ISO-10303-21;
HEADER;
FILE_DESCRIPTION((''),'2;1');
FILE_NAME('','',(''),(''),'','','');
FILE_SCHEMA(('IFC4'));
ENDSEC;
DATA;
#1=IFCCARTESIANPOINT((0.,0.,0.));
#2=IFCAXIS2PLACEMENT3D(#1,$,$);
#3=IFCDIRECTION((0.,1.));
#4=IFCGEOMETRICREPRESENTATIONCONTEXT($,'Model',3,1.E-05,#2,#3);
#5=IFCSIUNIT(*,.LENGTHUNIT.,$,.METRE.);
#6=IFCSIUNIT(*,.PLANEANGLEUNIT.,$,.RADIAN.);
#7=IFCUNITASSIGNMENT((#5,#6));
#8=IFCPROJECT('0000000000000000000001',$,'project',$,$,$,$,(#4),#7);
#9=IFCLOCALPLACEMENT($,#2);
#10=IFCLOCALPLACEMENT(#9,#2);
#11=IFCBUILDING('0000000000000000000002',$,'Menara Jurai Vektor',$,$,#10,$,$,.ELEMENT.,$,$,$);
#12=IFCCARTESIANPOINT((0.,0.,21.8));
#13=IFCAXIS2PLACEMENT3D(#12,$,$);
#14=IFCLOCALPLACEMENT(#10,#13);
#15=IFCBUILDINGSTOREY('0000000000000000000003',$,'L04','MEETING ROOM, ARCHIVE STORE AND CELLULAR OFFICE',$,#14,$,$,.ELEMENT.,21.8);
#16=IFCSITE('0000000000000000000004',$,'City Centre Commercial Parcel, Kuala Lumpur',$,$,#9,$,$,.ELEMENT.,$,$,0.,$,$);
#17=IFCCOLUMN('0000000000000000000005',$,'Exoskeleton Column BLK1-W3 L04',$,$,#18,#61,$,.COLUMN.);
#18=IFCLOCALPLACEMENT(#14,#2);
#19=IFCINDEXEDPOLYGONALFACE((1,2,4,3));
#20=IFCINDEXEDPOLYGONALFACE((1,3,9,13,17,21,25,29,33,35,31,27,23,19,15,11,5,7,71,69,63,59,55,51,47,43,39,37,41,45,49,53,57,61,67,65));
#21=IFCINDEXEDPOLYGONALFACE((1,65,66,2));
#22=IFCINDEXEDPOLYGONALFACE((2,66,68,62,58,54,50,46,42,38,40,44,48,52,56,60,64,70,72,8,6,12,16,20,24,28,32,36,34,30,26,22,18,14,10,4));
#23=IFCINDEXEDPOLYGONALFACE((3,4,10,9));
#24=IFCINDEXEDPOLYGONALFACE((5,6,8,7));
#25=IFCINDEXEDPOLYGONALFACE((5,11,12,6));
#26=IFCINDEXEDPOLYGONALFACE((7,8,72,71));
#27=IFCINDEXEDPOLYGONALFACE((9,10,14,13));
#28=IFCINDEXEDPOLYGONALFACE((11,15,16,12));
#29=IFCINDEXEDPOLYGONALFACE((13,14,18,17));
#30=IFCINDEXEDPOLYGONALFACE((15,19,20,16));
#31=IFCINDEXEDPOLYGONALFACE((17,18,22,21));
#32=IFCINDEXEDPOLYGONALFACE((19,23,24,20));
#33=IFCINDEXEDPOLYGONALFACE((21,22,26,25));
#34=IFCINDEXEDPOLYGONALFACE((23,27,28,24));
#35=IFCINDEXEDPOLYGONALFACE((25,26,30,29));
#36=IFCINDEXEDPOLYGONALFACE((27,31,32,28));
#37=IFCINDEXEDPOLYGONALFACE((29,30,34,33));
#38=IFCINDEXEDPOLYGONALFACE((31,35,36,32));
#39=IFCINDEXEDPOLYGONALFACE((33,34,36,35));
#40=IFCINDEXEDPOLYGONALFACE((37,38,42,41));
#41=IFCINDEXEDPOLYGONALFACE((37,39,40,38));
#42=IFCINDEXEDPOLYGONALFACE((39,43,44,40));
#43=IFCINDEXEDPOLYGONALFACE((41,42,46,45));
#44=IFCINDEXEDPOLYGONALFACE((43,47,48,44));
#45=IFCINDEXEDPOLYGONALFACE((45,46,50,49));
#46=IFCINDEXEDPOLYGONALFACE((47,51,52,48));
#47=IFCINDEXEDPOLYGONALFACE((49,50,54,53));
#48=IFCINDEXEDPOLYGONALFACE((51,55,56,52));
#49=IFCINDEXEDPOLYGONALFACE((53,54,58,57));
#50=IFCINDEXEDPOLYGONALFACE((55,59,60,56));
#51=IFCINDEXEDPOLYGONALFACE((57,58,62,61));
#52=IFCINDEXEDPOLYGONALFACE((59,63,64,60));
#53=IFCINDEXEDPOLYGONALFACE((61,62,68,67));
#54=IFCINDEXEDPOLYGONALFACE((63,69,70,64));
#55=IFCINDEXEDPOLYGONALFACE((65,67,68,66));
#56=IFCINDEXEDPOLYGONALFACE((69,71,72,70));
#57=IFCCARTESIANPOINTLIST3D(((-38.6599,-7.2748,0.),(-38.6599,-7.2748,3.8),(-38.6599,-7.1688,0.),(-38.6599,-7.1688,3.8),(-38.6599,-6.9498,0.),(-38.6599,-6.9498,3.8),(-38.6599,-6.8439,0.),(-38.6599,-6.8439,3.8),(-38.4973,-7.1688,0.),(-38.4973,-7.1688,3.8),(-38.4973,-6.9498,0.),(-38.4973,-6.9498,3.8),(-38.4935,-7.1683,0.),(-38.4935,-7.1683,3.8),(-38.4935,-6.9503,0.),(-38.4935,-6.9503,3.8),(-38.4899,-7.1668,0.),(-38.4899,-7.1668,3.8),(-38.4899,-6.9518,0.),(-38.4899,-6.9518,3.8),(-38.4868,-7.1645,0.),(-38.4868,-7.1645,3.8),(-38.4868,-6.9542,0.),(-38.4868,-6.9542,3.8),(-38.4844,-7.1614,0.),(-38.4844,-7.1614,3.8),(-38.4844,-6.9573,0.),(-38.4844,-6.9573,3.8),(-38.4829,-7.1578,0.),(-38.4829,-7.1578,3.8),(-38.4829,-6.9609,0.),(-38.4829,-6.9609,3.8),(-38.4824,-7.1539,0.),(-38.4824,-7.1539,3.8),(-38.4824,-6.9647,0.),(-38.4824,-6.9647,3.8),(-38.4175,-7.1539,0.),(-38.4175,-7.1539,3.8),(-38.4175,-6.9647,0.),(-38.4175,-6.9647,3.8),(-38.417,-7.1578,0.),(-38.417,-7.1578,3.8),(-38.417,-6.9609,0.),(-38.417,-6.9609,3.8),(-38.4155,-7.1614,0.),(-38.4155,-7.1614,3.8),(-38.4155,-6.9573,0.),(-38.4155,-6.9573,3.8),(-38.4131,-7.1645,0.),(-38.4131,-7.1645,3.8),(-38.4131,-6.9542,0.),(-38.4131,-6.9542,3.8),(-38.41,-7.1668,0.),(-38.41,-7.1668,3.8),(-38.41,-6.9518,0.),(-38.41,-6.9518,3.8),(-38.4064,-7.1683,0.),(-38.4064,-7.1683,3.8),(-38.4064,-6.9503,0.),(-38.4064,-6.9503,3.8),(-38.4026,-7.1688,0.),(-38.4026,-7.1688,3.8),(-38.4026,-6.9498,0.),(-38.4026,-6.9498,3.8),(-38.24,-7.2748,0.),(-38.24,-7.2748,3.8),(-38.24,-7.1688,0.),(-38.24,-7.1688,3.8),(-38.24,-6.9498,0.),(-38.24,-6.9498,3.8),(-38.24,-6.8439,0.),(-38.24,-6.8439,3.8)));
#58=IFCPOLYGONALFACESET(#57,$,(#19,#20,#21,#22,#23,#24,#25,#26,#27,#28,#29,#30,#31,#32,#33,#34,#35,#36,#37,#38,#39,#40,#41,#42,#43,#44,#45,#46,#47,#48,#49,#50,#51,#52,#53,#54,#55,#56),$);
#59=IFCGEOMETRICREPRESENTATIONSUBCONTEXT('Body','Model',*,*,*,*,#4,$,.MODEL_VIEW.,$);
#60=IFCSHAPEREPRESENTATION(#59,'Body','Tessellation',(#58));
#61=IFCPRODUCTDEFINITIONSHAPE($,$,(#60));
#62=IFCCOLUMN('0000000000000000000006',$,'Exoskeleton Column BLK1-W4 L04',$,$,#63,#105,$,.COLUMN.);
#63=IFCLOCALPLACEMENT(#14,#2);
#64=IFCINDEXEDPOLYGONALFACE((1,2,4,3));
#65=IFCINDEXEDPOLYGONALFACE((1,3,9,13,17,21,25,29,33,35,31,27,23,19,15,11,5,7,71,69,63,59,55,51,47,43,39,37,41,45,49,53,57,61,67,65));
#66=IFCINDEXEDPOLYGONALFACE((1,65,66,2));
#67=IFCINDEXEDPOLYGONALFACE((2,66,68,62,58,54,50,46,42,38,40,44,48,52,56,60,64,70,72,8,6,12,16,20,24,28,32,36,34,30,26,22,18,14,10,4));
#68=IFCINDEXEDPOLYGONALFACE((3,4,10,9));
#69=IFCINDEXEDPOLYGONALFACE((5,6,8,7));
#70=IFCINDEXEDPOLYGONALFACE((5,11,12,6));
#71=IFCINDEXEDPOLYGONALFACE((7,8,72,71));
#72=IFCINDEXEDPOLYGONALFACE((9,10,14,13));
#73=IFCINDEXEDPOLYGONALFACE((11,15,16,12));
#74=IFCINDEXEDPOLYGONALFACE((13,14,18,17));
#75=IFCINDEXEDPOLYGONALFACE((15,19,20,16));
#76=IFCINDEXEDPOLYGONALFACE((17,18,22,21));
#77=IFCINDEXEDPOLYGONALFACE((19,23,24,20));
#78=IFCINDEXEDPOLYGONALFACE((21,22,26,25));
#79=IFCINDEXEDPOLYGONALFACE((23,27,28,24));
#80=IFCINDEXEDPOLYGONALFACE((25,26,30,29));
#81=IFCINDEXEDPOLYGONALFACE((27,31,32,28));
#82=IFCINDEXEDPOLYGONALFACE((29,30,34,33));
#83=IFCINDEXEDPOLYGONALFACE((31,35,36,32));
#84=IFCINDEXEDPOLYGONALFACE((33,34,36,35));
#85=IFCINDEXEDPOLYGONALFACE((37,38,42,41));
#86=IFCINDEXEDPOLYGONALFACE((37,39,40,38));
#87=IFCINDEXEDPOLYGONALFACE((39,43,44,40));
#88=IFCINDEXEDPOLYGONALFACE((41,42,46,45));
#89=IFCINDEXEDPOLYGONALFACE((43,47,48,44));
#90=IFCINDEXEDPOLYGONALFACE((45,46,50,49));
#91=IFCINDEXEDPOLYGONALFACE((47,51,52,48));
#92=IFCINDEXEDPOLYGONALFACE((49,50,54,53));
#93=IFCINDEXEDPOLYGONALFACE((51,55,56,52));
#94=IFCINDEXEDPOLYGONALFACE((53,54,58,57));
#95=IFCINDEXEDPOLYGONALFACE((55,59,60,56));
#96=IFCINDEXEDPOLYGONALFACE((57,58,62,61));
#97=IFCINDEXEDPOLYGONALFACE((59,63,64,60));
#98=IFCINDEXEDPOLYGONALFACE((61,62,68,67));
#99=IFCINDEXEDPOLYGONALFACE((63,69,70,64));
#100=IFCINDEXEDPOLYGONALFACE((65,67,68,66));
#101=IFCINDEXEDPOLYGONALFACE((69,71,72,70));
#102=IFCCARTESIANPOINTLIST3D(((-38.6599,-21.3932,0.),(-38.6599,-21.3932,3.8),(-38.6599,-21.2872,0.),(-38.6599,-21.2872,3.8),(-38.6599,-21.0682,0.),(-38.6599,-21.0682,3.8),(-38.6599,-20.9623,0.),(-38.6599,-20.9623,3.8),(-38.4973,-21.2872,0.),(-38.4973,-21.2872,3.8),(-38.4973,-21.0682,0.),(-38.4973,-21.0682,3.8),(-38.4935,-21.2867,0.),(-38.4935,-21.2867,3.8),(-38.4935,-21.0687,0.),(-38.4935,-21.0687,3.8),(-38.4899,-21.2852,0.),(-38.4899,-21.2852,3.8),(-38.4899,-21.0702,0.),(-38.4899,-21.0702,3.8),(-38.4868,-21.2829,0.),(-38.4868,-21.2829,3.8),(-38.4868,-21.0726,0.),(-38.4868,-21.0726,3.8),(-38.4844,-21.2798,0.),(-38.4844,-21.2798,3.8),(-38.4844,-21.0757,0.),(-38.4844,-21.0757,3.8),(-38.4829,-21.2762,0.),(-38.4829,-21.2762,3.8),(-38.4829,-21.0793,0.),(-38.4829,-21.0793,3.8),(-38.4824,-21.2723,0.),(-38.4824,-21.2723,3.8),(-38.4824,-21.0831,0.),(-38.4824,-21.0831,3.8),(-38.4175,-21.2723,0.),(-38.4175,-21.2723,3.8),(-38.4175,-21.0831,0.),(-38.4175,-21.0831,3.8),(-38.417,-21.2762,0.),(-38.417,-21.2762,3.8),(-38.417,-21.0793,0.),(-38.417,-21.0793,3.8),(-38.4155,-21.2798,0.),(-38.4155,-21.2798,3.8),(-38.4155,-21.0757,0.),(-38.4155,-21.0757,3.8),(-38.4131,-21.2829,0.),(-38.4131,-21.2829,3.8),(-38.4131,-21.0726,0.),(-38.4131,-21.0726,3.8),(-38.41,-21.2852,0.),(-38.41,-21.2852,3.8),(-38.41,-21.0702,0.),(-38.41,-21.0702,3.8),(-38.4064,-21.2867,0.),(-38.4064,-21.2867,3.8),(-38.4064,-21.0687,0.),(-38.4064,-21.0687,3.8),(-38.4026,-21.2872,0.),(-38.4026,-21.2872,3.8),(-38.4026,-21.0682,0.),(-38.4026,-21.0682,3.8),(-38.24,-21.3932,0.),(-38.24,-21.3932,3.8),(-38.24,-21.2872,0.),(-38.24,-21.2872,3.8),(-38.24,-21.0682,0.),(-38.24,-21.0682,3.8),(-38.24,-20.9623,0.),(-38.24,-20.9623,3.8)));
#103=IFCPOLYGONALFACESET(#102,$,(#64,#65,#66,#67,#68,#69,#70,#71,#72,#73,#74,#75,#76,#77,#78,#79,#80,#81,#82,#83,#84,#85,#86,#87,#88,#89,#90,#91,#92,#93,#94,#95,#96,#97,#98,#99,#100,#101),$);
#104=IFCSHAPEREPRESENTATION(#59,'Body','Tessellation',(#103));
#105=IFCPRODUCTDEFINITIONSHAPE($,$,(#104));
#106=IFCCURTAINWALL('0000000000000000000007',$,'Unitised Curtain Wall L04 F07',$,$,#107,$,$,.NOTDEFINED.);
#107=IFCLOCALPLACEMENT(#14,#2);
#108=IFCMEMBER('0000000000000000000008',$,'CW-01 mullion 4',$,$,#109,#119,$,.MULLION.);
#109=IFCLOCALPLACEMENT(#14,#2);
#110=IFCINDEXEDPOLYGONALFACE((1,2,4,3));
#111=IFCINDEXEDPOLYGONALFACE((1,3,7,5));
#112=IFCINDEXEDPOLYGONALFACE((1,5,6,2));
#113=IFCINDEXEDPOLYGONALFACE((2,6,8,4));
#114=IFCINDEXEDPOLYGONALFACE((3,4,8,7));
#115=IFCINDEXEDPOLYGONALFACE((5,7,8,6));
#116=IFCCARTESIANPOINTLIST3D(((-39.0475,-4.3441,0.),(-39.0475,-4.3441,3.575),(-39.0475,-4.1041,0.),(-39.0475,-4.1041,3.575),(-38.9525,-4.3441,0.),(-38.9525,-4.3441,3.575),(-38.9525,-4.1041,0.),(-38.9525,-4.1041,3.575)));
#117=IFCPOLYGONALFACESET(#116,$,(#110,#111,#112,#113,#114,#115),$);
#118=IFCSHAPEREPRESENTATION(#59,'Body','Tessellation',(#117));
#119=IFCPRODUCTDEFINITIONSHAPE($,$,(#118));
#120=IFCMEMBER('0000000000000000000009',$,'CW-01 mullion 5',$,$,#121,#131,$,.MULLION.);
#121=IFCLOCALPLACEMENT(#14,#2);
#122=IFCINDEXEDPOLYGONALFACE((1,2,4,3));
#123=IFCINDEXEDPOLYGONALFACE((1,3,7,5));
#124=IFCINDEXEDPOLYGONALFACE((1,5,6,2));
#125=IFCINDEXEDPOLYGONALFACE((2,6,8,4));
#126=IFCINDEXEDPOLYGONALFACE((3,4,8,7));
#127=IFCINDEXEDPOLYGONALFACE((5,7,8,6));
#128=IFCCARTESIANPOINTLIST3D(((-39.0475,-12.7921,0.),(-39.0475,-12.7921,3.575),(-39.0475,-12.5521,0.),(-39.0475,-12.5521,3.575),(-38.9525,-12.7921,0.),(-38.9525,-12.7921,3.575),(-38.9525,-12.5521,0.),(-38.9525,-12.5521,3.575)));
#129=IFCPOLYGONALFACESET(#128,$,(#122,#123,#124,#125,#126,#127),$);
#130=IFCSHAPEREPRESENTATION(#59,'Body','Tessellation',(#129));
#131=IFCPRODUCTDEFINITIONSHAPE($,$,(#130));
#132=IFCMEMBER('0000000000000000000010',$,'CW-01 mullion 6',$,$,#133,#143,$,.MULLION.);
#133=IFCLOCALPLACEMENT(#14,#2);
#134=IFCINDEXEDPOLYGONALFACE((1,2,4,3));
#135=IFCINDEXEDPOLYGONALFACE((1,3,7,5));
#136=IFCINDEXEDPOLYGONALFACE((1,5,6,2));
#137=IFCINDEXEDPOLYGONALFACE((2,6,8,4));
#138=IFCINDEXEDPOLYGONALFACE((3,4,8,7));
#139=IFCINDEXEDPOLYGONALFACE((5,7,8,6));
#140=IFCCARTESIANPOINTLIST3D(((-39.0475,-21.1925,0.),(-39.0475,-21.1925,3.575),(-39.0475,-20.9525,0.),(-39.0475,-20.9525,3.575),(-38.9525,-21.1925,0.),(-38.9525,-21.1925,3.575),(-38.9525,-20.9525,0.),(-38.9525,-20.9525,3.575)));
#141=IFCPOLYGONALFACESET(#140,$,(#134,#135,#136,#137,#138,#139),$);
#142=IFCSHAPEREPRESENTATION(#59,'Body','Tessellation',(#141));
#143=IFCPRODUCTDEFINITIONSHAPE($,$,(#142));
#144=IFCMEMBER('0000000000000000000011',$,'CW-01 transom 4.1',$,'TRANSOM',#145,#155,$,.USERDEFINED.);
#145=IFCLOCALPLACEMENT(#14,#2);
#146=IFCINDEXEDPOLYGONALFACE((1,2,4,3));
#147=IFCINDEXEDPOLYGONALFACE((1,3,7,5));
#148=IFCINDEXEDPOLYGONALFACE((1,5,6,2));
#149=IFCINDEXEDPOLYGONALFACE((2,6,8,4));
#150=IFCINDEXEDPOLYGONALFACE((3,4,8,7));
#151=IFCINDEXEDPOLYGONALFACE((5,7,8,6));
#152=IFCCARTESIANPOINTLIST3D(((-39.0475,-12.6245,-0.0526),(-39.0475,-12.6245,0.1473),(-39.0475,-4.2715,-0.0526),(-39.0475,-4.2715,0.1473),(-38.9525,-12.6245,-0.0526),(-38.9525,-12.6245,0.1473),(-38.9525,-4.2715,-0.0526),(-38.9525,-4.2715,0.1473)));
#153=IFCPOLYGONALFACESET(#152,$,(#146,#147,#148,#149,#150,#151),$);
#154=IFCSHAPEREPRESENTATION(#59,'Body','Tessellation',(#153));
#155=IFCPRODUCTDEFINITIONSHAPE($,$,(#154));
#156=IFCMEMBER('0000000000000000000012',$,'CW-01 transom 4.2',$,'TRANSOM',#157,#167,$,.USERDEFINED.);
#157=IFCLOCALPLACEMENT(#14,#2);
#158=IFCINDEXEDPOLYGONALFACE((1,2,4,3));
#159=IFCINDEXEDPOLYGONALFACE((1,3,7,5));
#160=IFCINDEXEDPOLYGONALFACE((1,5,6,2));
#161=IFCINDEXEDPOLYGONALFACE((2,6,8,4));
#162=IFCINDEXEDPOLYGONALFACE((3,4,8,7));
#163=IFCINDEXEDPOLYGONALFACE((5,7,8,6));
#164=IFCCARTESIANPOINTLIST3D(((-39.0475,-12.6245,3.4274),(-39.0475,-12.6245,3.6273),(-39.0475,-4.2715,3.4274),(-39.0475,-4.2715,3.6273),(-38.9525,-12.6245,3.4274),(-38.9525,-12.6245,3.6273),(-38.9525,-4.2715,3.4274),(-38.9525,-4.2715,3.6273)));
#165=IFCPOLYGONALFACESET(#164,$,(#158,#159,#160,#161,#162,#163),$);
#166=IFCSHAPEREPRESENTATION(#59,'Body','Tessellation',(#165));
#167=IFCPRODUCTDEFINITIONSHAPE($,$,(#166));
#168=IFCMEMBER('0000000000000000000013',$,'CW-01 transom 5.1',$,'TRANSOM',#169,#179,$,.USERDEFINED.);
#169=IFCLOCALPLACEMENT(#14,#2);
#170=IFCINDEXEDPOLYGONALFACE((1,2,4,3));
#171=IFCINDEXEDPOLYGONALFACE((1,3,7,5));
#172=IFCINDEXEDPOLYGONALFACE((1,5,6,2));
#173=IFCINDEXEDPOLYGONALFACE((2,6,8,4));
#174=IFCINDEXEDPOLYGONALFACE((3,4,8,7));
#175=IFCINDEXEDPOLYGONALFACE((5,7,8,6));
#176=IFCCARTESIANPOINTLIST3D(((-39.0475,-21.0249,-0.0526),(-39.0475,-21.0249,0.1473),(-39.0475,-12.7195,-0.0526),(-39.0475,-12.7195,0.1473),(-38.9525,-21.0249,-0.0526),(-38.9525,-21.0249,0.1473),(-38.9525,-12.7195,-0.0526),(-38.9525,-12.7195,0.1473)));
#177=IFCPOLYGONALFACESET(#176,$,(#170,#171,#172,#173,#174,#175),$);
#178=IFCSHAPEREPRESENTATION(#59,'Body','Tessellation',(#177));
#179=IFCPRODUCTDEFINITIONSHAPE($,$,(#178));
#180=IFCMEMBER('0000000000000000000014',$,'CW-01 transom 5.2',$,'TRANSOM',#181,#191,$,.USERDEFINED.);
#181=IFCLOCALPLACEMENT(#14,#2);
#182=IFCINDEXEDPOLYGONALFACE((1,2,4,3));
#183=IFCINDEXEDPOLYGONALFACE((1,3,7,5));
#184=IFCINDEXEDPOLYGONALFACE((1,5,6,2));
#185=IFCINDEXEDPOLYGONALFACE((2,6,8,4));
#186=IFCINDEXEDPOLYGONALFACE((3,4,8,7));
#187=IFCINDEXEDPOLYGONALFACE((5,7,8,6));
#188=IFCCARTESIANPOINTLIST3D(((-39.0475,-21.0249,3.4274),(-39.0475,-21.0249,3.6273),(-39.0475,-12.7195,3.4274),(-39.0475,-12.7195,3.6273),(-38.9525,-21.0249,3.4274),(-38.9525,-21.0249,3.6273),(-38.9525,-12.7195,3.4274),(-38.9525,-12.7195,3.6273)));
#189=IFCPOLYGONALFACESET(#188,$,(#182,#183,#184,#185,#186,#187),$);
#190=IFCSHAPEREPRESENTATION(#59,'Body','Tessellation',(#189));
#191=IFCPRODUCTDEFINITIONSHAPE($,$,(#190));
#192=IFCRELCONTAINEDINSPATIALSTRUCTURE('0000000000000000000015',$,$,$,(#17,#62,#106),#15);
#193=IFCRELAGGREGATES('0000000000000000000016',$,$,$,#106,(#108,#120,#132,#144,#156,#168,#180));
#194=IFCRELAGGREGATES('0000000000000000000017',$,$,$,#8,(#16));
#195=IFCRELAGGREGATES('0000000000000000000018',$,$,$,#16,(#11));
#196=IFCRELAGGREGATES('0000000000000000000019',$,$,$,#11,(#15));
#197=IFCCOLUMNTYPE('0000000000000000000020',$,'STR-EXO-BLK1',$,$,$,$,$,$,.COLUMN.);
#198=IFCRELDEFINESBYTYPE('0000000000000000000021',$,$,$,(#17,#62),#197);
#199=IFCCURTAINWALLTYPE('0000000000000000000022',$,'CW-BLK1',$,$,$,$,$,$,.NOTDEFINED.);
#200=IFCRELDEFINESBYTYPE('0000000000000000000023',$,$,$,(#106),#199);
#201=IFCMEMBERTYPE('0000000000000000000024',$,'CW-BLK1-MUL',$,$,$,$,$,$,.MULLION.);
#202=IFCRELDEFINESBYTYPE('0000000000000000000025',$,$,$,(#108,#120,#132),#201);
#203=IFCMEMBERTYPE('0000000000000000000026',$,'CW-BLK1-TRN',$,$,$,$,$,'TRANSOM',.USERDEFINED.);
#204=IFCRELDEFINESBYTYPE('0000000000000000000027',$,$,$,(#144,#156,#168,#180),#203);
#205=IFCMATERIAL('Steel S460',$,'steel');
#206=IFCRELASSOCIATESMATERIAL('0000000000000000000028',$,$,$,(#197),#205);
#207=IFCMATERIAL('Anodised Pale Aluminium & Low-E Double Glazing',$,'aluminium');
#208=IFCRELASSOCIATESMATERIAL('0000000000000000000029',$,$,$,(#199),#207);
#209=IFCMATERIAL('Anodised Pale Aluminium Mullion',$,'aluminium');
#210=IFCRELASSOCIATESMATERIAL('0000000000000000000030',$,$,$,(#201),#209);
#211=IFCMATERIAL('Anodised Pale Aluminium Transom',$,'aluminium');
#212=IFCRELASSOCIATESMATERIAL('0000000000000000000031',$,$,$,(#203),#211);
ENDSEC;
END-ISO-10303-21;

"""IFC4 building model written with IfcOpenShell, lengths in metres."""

from ifc_helpers import new_model, si_unit, direction, frame, origin, origin_2d, place, context, subcontext, project, spatial, rectangle, i_section, extrude, material, material_profile, profile_set, type_object, element, aggregate, save


model = new_model("IFC4")

# Units and contexts
model_context = context("Model", 3, precision=1e-05, world=origin(), true_north=direction((0.0, 1.0)))
body_context = subcontext(model_context, "Body", "Model", "MODEL_VIEW")
ifc_project = project(units=[si_unit("LENGTHUNIT", "METRE"), si_unit("PLANEANGLEUNIT", "RADIAN")], contexts=[model_context])

# Site, building, storey
site_placement = place(None, origin())
site = spatial("IfcSite", under=ifc_project, at=site_placement, Name="City Centre Commercial Parcel, Kuala Lumpur", CompositionType="ELEMENT", RefElevation=0.0)
building_placement = place(site_placement, origin())
building = spatial("IfcBuilding", under=site, at=building_placement, Name="Menara Jurai Vektor", CompositionType="ELEMENT")
storey_placement = place(building_placement, frame((0.0, 0.0, 21.8)))
storey = spatial("IfcBuildingStorey", under=building, at=storey_placement, Name="L04", Description="MEETING ROOM, ARCHIVE STORE AND CELLULAR OFFICE", CompositionType="ELEMENT", Elevation=21.8)

# Columns
ifc_material_1 = material(Name="Steel S460", Category="steel")
ifc_material_profile_1 = material_profile(ifc_material_1, i_section(OverallWidth=0.4199, OverallDepth=0.4309, WebThickness=0.0649, FlangeThickness=0.106, FilletRadius=0.0149, at=origin_2d()), Name="HD 400x900")
ifc_profile_set_1 = profile_set([ifc_material_profile_1], Name="Steel S460")
column_type = type_object("IfcColumnType", Name="STR-EXO-BLK1", PredefinedType="COLUMN", material=ifc_profile_set_1)
for number, where, z_axis, x_axis, name in (
    (1, (-38.45, -7.0593, 0.0), (0.0, 0.0, 1.0), (1.0, 0.0, 0.0), "Exoskeleton Column BLK1-W3 L04"),
    (2, (-38.45, -21.1777, 0.0), (0.0, 0.0, 1.0), (1.0, 0.0, 0.0), "Exoskeleton Column BLK1-W4 L04"),
):
    element("IfcColumn", number, at=place(storey_placement, frame(where, z_axis=z_axis, x_axis=x_axis)), inside=storey, type_object=column_type, Name=name, PredefinedType="COLUMN", context=body_context, shape_type="SweptSolid", body=[
        extrude(i_section(OverallWidth=0.4199, OverallDepth=0.4309, WebThickness=0.0649, FlangeThickness=0.106, FilletRadius=0.0149, at=origin_2d()), origin(), (0.0, 0.0, 1.0), 3.8),
    ])

# Curtain wall, members
ifc_material_2 = material(Name="Anodised Pale Aluminium & Low-E Double Glazing", Category="aluminium")
curtain_wall_type = type_object("IfcCurtainWallType", Name="CW-BLK1", PredefinedType="NOTDEFINED", material=ifc_material_2)
curtain_wall_placement = place(storey_placement, origin())
curtain_wall = element("IfcCurtainWall", 3, at=curtain_wall_placement, inside=storey, type_object=curtain_wall_type, Name="Unitised Curtain Wall L04 F07", PredefinedType="NOTDEFINED")
ifc_material_3 = material(Name="Anodised Pale Aluminium Mullion", Category="aluminium")
ifc_material_profile_2 = material_profile(ifc_material_3, rectangle(XDim=0.095, YDim=0.24, at=origin_2d()), Name="ALU MUL 95x240")
ifc_profile_set_2 = profile_set([ifc_material_profile_2], Name="Anodised Pale Aluminium Mullion")
member_type_1 = type_object("IfcMemberType", Name="CW-BLK1-MUL", PredefinedType="MULLION", material=ifc_profile_set_2)
member_1_placement = place(storey_placement, frame((-39.0, -4.2241, 0.0), z_axis=(0.0, 0.0, 1.0), x_axis=(1.0, 0.0, 0.0)))
member_1 = element("IfcMember", 4, at=member_1_placement, type_object=member_type_1, Name="CW-01 mullion 4", PredefinedType="MULLION", context=body_context, shape_type="SweptSolid", body=[
    extrude(rectangle(XDim=0.095, YDim=0.24, at=origin_2d()), origin(), (0.0, 0.0, 1.0), 3.575),
])
member_2_placement = place(storey_placement, frame((-39.0, -12.6721, 0.0), z_axis=(0.0, 0.0, 1.0), x_axis=(1.0, 0.0, 0.0)))
member_2 = element("IfcMember", 5, at=member_2_placement, type_object=member_type_1, Name="CW-01 mullion 5", PredefinedType="MULLION", context=body_context, shape_type="SweptSolid", body=[
    extrude(rectangle(XDim=0.095, YDim=0.24, at=origin_2d()), origin(), (0.0, 0.0, 1.0), 3.575),
])
member_3_placement = place(storey_placement, frame((-39.0, -21.0725, 0.0), z_axis=(0.0, 0.0, 1.0), x_axis=(1.0, 0.0, 0.0)))
member_3 = element("IfcMember", 6, at=member_3_placement, type_object=member_type_1, Name="CW-01 mullion 6", PredefinedType="MULLION", context=body_context, shape_type="SweptSolid", body=[
    extrude(rectangle(XDim=0.095, YDim=0.24, at=origin_2d()), origin(), (0.0, 0.0, 1.0), 3.575),
])
ifc_material_4 = material(Name="Anodised Pale Aluminium Transom", Category="aluminium")
ifc_material_profile_3 = material_profile(ifc_material_4, rectangle(XDim=0.095, YDim=0.2, at=origin_2d()), Name="ALU TRN 95x200")
ifc_profile_set_3 = profile_set([ifc_material_profile_3], Name="Anodised Pale Aluminium Transom")
member_type_2 = type_object("IfcMemberType", Name="CW-BLK1-TRN", ElementType="TRANSOM", PredefinedType="USERDEFINED", material=ifc_profile_set_3)
member_4_placement = place(storey_placement, frame((-39.0, -4.2715, 0.0474), z_axis=(0.0, -1.0, 0.0), x_axis=(1.0, 0.0, 0.0)))
member_4 = element("IfcMember", 7, at=member_4_placement, type_object=member_type_2, Name="CW-01 transom 4.1", ObjectType="TRANSOM", PredefinedType="USERDEFINED", context=body_context, shape_type="SweptSolid", body=[
    extrude(rectangle(XDim=0.095, YDim=0.2, at=origin_2d()), origin(), (0.0, 0.0, 1.0), 8.353),
])
member_5_placement = place(storey_placement, frame((-39.0, -4.2715, 3.5273), z_axis=(0.0, -1.0, 0.0), x_axis=(1.0, 0.0, 0.0)))
member_5 = element("IfcMember", 8, at=member_5_placement, type_object=member_type_2, Name="CW-01 transom 4.2", ObjectType="TRANSOM", PredefinedType="USERDEFINED", context=body_context, shape_type="SweptSolid", body=[
    extrude(rectangle(XDim=0.095, YDim=0.2, at=origin_2d()), origin(), (0.0, 0.0, 1.0), 8.353),
])
member_6_placement = place(storey_placement, frame((-39.0, -12.7195, 0.0474), z_axis=(0.0, -1.0, 0.0), x_axis=(1.0, 0.0, 0.0)))
member_6 = element("IfcMember", 9, at=member_6_placement, type_object=member_type_2, Name="CW-01 transom 5.1", ObjectType="TRANSOM", PredefinedType="USERDEFINED", context=body_context, shape_type="SweptSolid", body=[
    extrude(rectangle(XDim=0.095, YDim=0.2, at=origin_2d()), origin(), (0.0, 0.0, 1.0), 8.3054),
])
member_7_placement = place(storey_placement, frame((-39.0, -12.7195, 3.5273), z_axis=(0.0, -1.0, 0.0), x_axis=(1.0, 0.0, 0.0)))
member_7 = element("IfcMember", 10, at=member_7_placement, type_object=member_type_2, Name="CW-01 transom 5.2", ObjectType="TRANSOM", PredefinedType="USERDEFINED", context=body_context, shape_type="SweptSolid", body=[
    extrude(rectangle(XDim=0.095, YDim=0.2, at=origin_2d()), origin(), (0.0, 0.0, 1.0), 8.3054),
])

aggregate(curtain_wall, [member_1, member_2, member_3, member_4, member_5, member_6, member_7])

save(model, "model.ifc")
